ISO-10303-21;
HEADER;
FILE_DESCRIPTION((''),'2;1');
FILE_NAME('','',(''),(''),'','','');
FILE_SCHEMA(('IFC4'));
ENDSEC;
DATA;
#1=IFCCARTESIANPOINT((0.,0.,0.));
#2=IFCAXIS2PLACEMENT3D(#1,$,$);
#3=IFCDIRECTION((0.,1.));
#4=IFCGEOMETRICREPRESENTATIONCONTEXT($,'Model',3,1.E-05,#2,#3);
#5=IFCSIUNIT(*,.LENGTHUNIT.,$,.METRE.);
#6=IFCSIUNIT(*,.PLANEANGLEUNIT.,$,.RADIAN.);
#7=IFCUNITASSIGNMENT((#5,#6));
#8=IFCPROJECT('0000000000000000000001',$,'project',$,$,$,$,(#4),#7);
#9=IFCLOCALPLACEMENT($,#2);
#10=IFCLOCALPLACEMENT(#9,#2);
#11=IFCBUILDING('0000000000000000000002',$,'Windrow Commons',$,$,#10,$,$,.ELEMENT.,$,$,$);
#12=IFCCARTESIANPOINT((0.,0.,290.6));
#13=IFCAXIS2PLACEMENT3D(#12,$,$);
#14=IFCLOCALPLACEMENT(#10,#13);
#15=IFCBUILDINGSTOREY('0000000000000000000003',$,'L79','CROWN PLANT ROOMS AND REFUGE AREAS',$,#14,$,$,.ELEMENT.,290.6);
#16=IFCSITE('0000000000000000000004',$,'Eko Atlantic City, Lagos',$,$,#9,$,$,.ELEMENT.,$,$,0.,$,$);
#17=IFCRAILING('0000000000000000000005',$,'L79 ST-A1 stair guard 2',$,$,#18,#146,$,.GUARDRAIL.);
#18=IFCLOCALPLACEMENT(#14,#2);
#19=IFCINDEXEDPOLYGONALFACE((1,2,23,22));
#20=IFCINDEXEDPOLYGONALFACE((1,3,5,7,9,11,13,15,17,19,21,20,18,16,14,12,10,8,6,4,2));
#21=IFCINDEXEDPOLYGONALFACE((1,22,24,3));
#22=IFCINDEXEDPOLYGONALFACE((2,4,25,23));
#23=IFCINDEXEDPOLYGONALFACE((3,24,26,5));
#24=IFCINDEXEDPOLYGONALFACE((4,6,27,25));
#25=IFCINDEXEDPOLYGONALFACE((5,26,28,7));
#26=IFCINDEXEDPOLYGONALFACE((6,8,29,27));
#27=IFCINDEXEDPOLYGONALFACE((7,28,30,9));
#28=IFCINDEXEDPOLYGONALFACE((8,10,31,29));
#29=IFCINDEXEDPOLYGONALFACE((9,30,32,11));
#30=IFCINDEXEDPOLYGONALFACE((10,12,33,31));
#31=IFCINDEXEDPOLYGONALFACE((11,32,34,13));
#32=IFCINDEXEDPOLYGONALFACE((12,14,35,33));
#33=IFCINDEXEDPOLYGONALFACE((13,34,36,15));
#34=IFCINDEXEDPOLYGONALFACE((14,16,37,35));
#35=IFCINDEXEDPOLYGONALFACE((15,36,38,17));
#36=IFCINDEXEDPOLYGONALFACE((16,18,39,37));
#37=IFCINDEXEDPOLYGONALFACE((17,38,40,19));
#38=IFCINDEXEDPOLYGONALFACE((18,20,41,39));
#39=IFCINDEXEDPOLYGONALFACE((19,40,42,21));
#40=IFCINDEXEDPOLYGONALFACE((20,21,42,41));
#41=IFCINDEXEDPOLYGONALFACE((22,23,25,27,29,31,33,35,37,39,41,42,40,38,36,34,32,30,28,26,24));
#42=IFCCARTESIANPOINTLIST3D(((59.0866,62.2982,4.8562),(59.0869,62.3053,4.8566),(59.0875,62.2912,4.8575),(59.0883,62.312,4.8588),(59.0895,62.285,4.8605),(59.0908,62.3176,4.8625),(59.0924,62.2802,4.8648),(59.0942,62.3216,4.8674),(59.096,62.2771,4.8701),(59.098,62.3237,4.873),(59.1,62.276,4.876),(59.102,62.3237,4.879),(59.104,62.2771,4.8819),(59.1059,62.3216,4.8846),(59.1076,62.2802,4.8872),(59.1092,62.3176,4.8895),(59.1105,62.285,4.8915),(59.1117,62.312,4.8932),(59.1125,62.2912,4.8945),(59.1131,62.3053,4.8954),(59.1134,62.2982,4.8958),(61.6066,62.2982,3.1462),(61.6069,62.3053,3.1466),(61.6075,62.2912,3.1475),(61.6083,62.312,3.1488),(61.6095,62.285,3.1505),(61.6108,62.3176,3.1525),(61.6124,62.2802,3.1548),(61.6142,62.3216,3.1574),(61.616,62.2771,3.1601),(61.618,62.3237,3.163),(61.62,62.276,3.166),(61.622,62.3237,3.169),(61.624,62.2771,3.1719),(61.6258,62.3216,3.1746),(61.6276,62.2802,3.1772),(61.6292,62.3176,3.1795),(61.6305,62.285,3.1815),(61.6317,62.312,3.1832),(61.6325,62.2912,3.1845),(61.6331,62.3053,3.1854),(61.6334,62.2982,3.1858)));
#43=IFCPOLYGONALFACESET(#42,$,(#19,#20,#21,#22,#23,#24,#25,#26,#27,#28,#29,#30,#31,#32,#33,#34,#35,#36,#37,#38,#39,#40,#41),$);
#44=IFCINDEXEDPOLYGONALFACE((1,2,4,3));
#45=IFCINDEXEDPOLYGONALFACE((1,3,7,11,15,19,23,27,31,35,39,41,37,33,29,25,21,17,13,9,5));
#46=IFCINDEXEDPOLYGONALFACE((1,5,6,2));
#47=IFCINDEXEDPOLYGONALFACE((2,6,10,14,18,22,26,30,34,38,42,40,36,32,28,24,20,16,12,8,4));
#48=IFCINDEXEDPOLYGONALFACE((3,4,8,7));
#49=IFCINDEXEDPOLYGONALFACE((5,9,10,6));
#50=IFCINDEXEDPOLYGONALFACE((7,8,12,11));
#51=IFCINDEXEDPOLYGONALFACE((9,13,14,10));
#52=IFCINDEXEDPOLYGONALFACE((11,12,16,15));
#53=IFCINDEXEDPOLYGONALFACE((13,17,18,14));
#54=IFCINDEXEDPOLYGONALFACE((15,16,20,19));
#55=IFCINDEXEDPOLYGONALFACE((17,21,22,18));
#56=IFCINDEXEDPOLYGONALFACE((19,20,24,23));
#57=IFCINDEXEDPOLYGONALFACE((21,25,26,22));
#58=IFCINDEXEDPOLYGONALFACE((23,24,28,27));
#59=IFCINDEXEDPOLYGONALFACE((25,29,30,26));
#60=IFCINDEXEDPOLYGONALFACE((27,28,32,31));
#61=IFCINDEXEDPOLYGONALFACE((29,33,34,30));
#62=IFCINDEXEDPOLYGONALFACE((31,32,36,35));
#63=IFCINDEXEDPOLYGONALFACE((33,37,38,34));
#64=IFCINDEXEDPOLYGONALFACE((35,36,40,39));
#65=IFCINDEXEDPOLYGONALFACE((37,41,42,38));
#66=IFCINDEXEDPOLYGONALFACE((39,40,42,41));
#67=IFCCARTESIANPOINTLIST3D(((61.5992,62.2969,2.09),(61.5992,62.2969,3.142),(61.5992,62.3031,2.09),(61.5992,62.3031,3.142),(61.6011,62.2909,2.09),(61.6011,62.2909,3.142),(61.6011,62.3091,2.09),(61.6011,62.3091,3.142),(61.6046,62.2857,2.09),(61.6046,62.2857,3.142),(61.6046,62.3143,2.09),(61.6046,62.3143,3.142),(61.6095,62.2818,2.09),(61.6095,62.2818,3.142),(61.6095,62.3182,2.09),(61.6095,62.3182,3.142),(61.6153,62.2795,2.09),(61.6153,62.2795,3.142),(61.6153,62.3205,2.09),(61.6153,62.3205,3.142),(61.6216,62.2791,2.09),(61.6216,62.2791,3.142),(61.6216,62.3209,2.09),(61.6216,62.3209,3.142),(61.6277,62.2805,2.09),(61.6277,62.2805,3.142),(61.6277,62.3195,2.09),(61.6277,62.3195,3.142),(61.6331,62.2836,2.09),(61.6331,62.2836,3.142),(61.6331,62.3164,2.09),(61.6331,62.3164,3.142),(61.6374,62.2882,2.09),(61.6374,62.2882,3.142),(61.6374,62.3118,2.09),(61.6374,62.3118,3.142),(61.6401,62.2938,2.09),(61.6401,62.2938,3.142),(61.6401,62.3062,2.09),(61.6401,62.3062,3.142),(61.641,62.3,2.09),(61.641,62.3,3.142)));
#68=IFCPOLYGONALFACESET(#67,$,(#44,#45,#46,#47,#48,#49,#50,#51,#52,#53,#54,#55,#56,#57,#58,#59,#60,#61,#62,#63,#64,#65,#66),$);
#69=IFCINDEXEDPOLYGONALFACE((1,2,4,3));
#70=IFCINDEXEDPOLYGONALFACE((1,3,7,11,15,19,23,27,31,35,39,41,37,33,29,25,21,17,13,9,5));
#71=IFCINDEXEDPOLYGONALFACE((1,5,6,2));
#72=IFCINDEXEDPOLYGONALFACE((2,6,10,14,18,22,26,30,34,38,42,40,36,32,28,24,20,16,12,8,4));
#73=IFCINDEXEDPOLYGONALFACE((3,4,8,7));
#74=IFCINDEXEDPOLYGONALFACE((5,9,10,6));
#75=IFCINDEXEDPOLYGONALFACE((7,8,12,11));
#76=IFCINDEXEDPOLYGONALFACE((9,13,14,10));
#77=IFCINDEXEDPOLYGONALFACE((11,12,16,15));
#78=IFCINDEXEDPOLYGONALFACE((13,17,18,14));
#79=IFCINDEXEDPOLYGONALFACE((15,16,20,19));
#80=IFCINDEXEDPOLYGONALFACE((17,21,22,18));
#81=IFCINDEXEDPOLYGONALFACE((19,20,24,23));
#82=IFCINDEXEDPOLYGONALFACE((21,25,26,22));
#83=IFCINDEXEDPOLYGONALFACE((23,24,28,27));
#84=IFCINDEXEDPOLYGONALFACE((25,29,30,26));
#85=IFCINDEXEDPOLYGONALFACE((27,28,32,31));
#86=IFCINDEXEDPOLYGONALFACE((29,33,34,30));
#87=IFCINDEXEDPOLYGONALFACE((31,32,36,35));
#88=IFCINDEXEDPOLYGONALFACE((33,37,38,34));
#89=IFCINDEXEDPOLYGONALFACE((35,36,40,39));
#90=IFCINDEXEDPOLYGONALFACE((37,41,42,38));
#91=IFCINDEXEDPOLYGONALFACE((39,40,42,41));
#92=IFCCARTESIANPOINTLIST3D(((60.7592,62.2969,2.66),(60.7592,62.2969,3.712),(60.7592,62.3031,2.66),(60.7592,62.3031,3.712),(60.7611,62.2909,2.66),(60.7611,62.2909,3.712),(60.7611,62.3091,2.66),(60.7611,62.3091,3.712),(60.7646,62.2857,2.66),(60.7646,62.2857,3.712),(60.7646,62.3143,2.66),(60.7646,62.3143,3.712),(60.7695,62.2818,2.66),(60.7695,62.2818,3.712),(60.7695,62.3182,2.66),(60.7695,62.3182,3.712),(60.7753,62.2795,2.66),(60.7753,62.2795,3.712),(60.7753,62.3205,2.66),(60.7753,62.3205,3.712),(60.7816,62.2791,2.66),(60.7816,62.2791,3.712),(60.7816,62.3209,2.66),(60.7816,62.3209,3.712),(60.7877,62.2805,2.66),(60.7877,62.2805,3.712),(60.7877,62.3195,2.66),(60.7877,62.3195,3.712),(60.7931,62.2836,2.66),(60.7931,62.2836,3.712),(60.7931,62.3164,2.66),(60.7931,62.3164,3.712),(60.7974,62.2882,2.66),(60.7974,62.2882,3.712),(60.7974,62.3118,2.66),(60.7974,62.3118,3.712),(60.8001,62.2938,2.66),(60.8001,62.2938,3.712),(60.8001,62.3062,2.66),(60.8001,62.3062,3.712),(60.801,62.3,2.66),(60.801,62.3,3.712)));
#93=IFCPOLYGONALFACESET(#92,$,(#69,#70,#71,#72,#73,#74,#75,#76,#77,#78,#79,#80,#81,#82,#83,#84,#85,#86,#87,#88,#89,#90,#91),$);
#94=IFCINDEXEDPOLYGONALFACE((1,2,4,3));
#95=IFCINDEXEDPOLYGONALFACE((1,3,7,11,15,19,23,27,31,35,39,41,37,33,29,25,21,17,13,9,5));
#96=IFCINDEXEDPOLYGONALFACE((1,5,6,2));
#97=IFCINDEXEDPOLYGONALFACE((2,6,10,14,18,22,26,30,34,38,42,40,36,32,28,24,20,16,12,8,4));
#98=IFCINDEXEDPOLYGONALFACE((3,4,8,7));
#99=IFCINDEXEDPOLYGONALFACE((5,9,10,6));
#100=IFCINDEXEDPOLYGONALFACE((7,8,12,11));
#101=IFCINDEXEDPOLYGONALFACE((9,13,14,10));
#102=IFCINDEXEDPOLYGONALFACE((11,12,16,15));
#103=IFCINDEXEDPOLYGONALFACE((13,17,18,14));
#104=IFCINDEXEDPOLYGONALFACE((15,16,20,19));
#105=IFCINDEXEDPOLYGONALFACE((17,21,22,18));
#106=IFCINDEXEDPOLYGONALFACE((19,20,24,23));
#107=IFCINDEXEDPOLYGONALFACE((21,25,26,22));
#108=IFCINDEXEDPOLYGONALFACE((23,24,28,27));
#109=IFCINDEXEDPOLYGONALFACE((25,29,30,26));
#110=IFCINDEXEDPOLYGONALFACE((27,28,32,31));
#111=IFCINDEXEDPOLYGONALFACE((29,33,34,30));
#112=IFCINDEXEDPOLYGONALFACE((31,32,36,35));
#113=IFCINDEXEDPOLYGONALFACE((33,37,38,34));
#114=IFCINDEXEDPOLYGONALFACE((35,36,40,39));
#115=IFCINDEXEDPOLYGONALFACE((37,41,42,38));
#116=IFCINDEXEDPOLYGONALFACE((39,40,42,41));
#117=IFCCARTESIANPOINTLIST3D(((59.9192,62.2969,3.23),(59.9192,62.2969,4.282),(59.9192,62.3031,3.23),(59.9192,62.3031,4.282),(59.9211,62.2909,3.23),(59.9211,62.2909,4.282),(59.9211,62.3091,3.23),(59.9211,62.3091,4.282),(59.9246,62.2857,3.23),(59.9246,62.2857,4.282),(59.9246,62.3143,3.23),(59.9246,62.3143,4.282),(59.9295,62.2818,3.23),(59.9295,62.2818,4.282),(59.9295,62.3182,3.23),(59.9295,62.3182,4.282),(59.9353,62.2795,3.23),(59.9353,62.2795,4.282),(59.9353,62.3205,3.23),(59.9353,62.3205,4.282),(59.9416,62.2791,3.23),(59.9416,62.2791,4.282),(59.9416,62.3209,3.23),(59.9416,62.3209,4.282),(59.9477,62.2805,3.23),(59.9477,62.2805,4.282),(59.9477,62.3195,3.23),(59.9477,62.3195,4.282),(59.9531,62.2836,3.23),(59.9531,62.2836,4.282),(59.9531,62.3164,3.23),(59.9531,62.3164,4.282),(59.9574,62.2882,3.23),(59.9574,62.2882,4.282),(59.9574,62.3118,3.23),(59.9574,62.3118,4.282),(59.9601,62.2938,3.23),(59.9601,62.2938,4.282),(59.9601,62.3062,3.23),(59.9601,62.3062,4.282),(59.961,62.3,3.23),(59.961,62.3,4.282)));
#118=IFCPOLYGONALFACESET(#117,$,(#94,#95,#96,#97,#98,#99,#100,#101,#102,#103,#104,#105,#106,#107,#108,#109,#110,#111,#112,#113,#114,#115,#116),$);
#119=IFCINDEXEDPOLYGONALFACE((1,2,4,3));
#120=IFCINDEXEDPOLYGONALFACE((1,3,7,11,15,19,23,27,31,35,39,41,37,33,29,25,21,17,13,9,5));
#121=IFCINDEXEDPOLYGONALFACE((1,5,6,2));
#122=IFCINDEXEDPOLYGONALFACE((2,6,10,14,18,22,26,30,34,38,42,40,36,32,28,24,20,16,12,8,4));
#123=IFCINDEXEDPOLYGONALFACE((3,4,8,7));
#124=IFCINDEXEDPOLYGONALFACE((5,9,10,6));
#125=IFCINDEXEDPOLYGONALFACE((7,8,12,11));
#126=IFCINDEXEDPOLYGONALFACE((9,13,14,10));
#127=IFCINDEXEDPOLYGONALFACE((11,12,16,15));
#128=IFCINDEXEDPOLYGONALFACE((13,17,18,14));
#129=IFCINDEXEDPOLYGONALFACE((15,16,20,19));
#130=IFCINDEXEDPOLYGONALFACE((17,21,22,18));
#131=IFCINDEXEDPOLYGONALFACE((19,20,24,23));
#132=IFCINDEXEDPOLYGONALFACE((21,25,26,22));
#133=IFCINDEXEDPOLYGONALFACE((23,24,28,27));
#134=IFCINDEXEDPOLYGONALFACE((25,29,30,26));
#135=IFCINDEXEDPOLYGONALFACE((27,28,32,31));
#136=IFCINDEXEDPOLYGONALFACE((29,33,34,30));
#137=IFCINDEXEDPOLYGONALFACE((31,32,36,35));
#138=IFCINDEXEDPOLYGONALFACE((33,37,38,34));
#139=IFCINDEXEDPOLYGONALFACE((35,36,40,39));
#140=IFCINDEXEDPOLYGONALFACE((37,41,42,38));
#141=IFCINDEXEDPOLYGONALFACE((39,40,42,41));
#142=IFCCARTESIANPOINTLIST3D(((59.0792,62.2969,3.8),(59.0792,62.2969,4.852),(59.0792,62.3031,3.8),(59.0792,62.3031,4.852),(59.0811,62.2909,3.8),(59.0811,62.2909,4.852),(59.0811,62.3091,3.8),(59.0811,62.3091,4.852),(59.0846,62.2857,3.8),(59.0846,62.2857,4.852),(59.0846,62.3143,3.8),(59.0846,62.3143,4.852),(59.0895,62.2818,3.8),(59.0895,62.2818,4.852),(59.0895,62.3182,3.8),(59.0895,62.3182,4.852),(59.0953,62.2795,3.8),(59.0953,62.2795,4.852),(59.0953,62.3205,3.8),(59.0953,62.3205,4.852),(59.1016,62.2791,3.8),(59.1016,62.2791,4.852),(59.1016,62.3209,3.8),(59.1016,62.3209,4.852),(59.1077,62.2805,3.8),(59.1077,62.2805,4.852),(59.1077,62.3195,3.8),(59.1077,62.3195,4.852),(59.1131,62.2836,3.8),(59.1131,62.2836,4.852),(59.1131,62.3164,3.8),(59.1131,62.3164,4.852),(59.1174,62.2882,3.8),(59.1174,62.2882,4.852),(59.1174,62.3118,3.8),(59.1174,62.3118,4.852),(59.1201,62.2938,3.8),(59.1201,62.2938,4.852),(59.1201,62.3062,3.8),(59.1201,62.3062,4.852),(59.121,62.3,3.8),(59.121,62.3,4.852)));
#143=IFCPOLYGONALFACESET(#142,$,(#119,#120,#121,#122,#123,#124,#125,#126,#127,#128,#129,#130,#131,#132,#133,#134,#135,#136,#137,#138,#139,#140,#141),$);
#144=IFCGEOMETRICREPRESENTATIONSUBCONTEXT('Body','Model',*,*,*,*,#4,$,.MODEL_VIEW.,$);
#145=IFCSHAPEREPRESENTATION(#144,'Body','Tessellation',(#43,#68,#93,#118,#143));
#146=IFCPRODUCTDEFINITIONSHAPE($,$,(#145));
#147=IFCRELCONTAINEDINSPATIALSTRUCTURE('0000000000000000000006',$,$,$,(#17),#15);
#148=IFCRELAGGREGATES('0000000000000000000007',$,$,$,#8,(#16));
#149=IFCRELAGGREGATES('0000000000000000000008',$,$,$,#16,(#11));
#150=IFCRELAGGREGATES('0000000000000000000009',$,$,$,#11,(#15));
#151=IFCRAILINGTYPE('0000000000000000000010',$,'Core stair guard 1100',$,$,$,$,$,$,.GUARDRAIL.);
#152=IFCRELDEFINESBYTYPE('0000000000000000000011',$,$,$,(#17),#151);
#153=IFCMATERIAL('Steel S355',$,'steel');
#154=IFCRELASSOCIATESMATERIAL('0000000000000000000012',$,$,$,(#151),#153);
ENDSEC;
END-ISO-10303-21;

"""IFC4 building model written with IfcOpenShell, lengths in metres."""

from ifc_helpers import new_model, si_unit, direction, frame, origin, origin_2d, place, context, subcontext, project, spatial, circle, extrude, material, type_object, element, save


model = new_model("IFC4")

# Units and contexts
model_context = context("Model", 3, precision=1e-05, world=origin(), true_north=direction((0.0, 1.0)))
body_context = subcontext(model_context, "Body", "Model", "MODEL_VIEW")
ifc_project = project(units=[si_unit("LENGTHUNIT", "METRE"), si_unit("PLANEANGLEUNIT", "RADIAN")], contexts=[model_context])

# Site, building, storey
site_placement = place(None, origin())
site = spatial("IfcSite", under=ifc_project, at=site_placement, Name="Eko Atlantic City, Lagos", CompositionType="ELEMENT", RefElevation=0.0)
building_placement = place(site_placement, origin())
building = spatial("IfcBuilding", under=site, at=building_placement, Name="Windrow Commons", CompositionType="ELEMENT")
storey_placement = place(building_placement, frame((0.0, 0.0, 290.6)))
storey = spatial("IfcBuildingStorey", under=building, at=storey_placement, Name="L79", Description="CROWN PLANT ROOMS AND REFUGE AREAS", CompositionType="ELEMENT", Elevation=290.6)

# Railing
ifc_material_1 = material(Name="Steel S355", Category="steel")
railing_type_1 = type_object("IfcRailingType", Name="Core stair guard 1100", PredefinedType="GUARDRAIL", material=ifc_material_1)
railing_1_placement = place(storey_placement, frame((61.62, 62.3, 2.09)))
element("IfcRailing", 1, at=railing_1_placement, inside=storey, type_object=railing_type_1, Name="L79 ST-A1 stair guard 2", PredefinedType="GUARDRAIL", context=body_context, shape_type="SweptSolid", body=[
    extrude(circle(Radius=0.024, at=origin_2d()), frame((0.0, 0.0, 1.076), z_axis=(-0.827476, 0.0, 0.561501), x_axis=(0.0, -1.0, 0.0)), (0.0, 0.0, 1.0), 3.0454),
    extrude(circle(Radius=0.021, at=origin_2d()), origin(), (0.0, 0.0, 1.0), 1.052),
    extrude(circle(Radius=0.021, at=origin_2d()), frame((-0.84, 0.0, 0.57)), (0.0, 0.0, 1.0), 1.052),
    extrude(circle(Radius=0.021, at=origin_2d()), frame((-1.68, 0.0, 1.14)), (0.0, 0.0, 1.0), 1.052),
    extrude(circle(Radius=0.021, at=origin_2d()), frame((-2.52, 0.0, 1.71)), (0.0, 0.0, 1.0), 1.052),
])

save(model, "model.ifc")
